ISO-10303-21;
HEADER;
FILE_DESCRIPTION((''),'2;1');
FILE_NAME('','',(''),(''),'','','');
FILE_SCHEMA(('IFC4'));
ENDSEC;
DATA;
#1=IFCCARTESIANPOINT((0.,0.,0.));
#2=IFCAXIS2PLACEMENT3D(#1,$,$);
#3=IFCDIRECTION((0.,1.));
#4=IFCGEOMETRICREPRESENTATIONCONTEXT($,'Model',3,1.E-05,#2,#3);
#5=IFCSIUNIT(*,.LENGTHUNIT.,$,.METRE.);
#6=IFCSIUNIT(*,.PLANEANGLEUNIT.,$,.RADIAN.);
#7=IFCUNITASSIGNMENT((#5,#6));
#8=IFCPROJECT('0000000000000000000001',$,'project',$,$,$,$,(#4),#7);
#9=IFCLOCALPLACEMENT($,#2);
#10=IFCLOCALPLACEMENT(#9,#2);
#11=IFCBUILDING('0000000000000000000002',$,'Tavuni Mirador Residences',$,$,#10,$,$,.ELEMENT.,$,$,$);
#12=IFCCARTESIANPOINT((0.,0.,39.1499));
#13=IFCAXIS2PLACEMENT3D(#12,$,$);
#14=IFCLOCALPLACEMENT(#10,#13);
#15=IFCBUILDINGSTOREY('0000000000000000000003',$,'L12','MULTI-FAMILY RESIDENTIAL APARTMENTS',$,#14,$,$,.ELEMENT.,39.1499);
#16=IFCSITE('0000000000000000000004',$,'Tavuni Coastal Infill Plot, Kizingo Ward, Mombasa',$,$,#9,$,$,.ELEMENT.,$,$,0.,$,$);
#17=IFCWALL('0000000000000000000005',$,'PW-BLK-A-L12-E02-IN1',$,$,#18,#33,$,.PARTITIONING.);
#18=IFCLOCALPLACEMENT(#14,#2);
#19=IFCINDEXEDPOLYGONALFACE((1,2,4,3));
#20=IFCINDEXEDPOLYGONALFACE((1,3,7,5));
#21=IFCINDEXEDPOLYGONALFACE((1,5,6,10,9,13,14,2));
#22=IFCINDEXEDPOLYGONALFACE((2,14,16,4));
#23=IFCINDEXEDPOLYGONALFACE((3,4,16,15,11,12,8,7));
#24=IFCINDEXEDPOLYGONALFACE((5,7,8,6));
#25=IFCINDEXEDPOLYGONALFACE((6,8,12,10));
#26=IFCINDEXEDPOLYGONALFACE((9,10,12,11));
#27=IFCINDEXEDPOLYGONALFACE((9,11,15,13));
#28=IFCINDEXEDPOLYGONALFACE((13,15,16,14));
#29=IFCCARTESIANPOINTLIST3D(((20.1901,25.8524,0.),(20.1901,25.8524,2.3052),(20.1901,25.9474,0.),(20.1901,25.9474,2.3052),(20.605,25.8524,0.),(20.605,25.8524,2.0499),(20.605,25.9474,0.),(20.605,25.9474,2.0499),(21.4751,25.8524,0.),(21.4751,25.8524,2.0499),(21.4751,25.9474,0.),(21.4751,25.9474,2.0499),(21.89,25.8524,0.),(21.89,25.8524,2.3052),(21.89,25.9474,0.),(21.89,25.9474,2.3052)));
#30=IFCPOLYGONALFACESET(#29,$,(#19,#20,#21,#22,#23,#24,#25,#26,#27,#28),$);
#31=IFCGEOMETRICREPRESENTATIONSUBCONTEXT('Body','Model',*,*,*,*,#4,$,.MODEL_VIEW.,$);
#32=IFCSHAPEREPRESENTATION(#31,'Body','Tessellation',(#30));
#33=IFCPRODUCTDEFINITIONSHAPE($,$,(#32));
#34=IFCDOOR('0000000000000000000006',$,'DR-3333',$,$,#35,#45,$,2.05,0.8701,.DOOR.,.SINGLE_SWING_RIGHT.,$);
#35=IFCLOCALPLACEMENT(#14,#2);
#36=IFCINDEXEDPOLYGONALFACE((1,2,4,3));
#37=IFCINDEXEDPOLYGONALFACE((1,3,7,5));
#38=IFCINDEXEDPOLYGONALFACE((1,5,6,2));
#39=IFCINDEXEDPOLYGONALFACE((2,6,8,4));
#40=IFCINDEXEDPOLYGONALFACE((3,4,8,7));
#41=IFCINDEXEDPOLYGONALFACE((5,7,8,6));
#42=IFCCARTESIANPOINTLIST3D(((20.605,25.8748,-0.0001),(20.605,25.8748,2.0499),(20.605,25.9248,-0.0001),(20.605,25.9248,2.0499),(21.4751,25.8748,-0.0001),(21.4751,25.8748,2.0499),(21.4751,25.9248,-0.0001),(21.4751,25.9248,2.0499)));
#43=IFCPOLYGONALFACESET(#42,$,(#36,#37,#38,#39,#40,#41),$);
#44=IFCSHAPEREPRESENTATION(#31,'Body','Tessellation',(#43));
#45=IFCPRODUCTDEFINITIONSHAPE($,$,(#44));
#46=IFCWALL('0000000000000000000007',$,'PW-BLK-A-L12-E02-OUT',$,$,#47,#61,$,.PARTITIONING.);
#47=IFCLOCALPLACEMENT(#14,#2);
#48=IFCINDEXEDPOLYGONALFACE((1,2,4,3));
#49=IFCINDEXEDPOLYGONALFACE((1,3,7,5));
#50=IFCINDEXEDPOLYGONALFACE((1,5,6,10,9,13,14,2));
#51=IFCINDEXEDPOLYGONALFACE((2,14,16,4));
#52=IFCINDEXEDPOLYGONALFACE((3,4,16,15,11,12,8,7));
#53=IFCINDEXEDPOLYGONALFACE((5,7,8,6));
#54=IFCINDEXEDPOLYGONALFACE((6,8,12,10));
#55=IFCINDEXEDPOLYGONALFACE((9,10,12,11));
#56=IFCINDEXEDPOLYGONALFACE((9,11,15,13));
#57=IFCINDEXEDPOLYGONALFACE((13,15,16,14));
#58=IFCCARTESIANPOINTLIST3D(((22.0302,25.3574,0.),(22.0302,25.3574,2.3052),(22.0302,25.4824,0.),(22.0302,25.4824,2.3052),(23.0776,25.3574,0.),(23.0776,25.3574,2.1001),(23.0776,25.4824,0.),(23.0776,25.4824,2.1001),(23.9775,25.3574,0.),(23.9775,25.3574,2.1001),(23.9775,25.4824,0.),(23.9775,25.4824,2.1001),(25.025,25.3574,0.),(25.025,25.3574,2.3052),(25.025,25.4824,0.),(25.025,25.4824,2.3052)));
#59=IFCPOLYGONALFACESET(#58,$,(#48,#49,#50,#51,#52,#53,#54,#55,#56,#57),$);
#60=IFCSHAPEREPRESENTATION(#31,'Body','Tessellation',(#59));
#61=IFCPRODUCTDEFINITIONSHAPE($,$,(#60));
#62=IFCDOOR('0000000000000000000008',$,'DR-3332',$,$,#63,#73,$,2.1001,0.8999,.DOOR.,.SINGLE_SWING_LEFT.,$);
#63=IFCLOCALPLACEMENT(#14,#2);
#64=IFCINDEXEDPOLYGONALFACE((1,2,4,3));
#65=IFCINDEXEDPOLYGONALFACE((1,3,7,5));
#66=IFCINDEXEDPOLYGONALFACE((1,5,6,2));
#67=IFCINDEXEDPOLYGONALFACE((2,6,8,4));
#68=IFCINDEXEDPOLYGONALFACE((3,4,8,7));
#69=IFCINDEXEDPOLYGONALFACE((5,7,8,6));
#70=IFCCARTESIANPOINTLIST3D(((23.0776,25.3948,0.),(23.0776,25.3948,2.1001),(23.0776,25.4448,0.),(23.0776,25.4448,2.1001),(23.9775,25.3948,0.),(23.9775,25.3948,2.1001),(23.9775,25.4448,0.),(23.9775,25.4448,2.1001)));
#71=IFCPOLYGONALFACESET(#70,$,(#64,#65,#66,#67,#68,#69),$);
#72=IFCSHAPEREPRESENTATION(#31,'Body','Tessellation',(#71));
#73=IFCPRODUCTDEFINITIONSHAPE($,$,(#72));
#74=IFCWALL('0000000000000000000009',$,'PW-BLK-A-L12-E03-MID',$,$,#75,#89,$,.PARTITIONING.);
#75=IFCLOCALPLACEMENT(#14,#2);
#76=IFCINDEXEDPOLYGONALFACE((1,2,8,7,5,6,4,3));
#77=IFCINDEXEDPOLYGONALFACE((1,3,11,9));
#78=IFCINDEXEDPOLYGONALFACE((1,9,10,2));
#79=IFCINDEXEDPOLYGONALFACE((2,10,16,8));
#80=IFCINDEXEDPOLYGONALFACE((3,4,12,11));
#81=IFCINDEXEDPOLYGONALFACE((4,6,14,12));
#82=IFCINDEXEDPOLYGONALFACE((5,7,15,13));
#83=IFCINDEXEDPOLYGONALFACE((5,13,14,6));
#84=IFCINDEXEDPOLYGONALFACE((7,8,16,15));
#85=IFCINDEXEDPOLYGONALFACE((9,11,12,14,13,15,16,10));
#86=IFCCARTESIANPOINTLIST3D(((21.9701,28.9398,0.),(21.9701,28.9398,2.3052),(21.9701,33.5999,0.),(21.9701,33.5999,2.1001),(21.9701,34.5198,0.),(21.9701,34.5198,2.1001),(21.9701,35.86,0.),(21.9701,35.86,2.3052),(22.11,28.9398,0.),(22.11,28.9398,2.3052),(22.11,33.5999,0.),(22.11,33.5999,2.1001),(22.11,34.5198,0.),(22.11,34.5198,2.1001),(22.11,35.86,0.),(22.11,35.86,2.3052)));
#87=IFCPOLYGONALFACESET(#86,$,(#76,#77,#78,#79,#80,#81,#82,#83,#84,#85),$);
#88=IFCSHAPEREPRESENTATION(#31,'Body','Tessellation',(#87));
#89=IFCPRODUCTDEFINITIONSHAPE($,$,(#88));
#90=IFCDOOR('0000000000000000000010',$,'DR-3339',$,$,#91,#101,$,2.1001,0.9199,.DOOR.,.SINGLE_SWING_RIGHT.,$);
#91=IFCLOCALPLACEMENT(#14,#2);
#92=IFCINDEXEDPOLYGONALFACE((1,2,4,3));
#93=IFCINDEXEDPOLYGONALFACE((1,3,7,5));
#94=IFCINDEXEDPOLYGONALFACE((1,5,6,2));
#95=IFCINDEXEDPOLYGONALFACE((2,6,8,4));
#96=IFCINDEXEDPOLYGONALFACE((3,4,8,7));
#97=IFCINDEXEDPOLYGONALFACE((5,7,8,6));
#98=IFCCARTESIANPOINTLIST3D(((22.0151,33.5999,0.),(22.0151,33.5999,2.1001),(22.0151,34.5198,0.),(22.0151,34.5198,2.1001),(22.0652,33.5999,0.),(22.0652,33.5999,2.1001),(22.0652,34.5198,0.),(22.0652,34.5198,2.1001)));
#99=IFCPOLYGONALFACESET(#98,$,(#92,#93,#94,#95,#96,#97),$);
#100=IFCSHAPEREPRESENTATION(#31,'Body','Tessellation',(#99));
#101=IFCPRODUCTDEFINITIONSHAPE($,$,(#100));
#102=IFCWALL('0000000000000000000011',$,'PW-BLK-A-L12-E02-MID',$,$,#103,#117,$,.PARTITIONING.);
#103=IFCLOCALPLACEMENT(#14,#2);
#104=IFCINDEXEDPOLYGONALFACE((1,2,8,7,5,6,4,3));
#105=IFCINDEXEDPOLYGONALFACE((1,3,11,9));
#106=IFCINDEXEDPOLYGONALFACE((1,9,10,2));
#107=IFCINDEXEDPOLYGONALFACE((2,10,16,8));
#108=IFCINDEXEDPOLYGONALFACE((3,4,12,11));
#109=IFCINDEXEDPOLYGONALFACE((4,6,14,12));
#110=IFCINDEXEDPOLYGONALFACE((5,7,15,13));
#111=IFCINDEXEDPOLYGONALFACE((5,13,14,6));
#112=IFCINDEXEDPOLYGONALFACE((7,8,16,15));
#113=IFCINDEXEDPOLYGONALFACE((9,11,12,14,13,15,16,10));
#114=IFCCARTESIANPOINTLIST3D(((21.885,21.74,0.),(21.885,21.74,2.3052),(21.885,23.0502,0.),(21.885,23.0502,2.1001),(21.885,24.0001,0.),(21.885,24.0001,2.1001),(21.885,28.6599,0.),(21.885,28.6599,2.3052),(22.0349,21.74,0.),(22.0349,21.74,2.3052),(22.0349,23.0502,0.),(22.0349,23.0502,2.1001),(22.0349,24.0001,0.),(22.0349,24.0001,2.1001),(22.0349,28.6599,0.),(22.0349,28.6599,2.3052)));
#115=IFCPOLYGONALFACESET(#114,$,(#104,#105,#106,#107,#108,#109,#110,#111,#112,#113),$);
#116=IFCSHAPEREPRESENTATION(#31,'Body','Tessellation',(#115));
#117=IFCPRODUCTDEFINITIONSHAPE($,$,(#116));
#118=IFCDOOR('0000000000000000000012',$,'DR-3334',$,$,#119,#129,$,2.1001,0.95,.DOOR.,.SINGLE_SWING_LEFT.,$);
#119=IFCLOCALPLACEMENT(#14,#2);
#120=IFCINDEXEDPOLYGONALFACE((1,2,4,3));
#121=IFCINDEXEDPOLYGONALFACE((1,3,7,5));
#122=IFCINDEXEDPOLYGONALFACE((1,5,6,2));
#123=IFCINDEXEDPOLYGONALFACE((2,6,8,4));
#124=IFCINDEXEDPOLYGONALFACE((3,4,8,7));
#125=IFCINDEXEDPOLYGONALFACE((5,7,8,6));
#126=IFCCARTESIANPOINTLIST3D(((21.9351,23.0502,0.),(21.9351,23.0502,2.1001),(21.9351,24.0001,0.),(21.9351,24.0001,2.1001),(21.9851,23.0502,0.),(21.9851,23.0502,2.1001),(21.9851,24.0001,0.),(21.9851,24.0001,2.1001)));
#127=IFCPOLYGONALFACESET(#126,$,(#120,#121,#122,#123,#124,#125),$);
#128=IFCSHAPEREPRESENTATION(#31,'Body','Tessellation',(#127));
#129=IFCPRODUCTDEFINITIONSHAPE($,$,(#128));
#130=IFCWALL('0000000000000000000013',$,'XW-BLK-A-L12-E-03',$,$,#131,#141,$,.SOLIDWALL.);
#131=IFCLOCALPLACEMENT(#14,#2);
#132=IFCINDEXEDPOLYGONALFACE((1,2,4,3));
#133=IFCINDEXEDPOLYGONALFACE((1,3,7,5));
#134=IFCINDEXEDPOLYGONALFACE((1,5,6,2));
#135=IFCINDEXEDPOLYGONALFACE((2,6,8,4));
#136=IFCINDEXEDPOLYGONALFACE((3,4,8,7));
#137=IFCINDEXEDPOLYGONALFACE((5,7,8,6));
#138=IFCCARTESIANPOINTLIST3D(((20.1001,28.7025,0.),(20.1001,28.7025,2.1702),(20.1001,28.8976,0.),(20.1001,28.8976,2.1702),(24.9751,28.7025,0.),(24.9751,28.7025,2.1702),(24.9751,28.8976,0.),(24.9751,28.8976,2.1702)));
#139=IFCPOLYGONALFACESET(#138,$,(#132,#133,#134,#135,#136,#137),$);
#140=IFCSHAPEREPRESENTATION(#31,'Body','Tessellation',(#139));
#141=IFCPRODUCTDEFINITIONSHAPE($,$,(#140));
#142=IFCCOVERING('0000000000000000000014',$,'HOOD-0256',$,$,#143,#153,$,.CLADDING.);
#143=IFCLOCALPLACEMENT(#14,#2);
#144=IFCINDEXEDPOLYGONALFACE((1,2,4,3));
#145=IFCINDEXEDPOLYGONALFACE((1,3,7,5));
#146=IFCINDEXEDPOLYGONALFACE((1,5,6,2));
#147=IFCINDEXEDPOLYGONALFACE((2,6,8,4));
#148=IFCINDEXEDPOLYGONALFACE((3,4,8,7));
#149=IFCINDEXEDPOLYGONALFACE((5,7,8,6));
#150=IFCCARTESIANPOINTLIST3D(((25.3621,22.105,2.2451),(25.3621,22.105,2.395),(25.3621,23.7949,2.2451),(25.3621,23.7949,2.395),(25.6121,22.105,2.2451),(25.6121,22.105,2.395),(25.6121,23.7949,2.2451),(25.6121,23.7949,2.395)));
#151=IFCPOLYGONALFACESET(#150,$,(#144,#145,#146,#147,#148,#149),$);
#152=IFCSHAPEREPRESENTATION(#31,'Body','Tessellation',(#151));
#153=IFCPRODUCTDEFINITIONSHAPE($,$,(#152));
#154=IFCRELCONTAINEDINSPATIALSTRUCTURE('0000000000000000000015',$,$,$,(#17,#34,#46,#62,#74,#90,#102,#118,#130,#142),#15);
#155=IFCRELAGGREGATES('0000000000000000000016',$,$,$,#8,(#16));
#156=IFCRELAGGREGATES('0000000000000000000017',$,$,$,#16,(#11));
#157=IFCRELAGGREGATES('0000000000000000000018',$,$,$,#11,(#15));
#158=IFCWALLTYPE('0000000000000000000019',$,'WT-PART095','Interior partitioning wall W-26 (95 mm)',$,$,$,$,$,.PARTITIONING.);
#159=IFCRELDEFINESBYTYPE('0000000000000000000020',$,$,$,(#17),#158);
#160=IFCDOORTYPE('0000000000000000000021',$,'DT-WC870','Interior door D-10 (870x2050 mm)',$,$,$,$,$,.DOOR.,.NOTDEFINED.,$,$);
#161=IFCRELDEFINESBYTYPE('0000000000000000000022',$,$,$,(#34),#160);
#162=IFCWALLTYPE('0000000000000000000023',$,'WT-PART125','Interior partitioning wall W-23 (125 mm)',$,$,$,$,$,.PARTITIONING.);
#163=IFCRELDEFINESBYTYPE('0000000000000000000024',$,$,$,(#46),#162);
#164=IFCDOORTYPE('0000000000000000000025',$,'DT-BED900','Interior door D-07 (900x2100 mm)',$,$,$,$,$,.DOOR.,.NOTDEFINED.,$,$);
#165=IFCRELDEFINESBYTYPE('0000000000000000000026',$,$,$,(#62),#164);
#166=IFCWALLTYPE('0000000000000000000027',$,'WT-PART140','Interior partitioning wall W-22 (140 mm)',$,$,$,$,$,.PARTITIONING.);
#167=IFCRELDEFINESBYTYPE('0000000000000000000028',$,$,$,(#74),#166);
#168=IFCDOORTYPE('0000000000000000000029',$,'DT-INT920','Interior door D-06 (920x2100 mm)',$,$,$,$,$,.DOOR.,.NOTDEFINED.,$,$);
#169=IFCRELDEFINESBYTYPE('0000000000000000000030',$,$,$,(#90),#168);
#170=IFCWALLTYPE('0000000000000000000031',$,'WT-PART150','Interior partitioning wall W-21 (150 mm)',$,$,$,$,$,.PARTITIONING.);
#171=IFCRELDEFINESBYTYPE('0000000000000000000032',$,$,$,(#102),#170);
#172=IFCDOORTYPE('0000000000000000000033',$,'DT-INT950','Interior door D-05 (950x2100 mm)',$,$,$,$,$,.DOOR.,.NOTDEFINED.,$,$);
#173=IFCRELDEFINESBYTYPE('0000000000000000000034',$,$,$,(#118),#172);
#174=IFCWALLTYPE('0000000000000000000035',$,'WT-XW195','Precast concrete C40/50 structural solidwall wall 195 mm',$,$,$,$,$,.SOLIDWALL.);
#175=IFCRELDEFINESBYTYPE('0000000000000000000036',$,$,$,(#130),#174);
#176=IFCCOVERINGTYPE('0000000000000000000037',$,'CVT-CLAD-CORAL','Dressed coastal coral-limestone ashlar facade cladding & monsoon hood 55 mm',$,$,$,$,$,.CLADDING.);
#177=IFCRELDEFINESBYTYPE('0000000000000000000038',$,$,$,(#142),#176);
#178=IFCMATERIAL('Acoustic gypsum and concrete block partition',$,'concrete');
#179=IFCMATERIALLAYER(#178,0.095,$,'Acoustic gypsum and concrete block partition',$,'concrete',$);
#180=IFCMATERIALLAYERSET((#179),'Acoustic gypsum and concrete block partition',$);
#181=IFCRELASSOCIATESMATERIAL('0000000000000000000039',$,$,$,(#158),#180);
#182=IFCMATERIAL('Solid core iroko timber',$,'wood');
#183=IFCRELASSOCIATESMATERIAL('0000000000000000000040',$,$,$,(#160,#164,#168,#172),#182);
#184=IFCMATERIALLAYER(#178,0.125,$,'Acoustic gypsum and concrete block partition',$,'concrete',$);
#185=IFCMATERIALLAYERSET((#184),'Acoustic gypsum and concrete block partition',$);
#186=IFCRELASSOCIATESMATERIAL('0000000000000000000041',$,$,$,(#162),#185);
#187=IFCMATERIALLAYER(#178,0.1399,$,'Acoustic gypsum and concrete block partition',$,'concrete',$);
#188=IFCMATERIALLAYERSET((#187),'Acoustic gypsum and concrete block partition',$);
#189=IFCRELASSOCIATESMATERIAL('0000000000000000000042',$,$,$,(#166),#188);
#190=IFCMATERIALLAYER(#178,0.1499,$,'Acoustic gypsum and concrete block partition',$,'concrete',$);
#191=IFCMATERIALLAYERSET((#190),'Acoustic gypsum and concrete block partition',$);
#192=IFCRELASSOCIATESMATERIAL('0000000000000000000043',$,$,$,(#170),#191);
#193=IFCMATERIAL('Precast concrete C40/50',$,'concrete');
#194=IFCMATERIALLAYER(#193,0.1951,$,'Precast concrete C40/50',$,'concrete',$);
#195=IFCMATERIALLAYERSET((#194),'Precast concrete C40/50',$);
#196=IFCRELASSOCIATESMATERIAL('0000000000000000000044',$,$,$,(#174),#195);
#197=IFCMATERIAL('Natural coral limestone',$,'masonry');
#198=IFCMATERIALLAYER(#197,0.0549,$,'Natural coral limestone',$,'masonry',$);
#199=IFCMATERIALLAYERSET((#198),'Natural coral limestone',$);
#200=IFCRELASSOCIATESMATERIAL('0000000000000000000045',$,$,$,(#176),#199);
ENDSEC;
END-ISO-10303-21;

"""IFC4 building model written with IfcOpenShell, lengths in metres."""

from ifc_helpers import new_model, si_unit, direction, frame, frame_2d, origin, origin_2d, place, context, subcontext, project, spatial, rectangle, extrude, material, layer, layer_set, type_object, element, fill, save


model = new_model("IFC4")

# Units and contexts
model_context = context("Model", 3, precision=1e-05, world=origin(), true_north=direction((0.0, 1.0)))
body_context = subcontext(model_context, "Body", "Model", "MODEL_VIEW")
ifc_project = project(units=[si_unit("LENGTHUNIT", "METRE"), si_unit("PLANEANGLEUNIT", "RADIAN")], contexts=[model_context])

# Site, building, storey
site_placement = place(None, origin())
site = spatial("IfcSite", under=ifc_project, at=site_placement, Name="Tavuni Coastal Infill Plot, Kizingo Ward, Mombasa", CompositionType="ELEMENT", RefElevation=0.0)
building_placement = place(site_placement, origin())
building = spatial("IfcBuilding", under=site, at=building_placement, Name="Tavuni Mirador Residences", CompositionType="ELEMENT")
storey_placement = place(building_placement, frame((0.0, 0.0, 39.1499)))
storey = spatial("IfcBuildingStorey", under=building, at=storey_placement, Name="L12", Description="MULTI-FAMILY RESIDENTIAL APARTMENTS", CompositionType="ELEMENT", Elevation=39.1499)

# Shared definitions
ifc_material_1 = material(Name="Precast concrete C40/50", Category="concrete")

# Shared definitions
ifc_material_2 = material(Name="Solid core iroko timber", Category="wood")

# Walls, openings, doors
ifc_material_3 = material(Name="Acoustic gypsum and concrete block partition", Category="concrete")
ifc_layer_1 = layer(ifc_material_3, 0.095, Name="Acoustic gypsum and concrete block partition", Category="concrete")
ifc_layer_set_1 = layer_set([ifc_layer_1], Name="Acoustic gypsum and concrete block partition")
wall_type_1 = type_object("IfcWallType", Name="WT-PART095", Description="Interior partitioning wall W-26 (95 mm)", PredefinedType="PARTITIONING", material=ifc_layer_set_1)
wall_1_placement = place(storey_placement, frame((20.1899, 25.8999, 0.0), z_axis=(0.0, 0.0, 1.0), x_axis=(1.0, 0.0, 0.0)))
wall_1 = element("IfcWall", 1, at=wall_1_placement, inside=storey, type_object=wall_type_1, Name="PW-BLK-A-L12-E02-IN1", PredefinedType="PARTITIONING", context=body_context, shape_type="SweptSolid", body=[
    extrude(rectangle(XDim=1.7, YDim=0.095, at=frame_2d((0.8501, 0.0))), origin(), (0.0, 0.0, 1.0), 2.3052),
])
opening_1_placement = place(wall_1_placement, frame((0.415, 0.0, 0.0)))
opening_1 = element("IfcOpeningElement", 2, at=opening_1_placement, cuts=wall_1, PredefinedType="OPENING", context=body_context, shape_type="SweptSolid", body=[
    extrude(rectangle(XDim=0.8701, YDim=2.05, at=frame_2d((0.4351, 1.0249))), frame((0.0, 0.0576, 0.0), z_axis=(0.0, -1.0, 0.0), x_axis=(1.0, 0.0, 0.0)), (0.0, 0.0, 1.0), 0.115),
])
door_type_1 = type_object("IfcDoorType", Name="DT-WC870", Description="Interior door D-10 (870x2050 mm)", OperationType="NOTDEFINED", PredefinedType="DOOR", material=ifc_material_2)
door_1_placement = place(opening_1_placement, origin())
door_1 = element("IfcDoor", 3, at=door_1_placement, inside=storey, type_object=door_type_1, Name="DR-3333", OperationType="SINGLE_SWING_RIGHT", OverallHeight=2.05, OverallWidth=0.8701, PredefinedType="DOOR", context=body_context, shape_type="SweptSolid", body=[
    extrude(rectangle(XDim=0.8701, YDim=2.05, at=frame_2d((0.4351, 1.0249))), frame((0.0, 0.0249, 0.0), z_axis=(0.0, -1.0, 0.0), x_axis=(1.0, 0.0, 0.0)), (0.0, 0.0, 1.0), 0.05),
])
fill(opening_1, door_1)
ifc_layer_2 = layer(ifc_material_3, 0.125, Name="Acoustic gypsum and concrete block partition", Category="concrete")
ifc_layer_set_2 = layer_set([ifc_layer_2], Name="Acoustic gypsum and concrete block partition")
wall_type_2 = type_object("IfcWallType", Name="WT-PART125", Description="Interior partitioning wall W-23 (125 mm)", PredefinedType="PARTITIONING", material=ifc_layer_set_2)
wall_2_placement = place(storey_placement, frame((22.03, 25.4199, 0.0), z_axis=(0.0, 0.0, 1.0), x_axis=(1.0, 0.0, 0.0)))
wall_2 = element("IfcWall", 4, at=wall_2_placement, inside=storey, type_object=wall_type_2, Name="PW-BLK-A-L12-E02-OUT", PredefinedType="PARTITIONING", context=body_context, shape_type="SweptSolid", body=[
    extrude(rectangle(XDim=2.9949, YDim=0.125, at=frame_2d((1.4976, 0.0))), origin(), (0.0, 0.0, 1.0), 2.3052),
])
opening_2_placement = place(wall_2_placement, frame((1.0476, 0.0, 0.0)))
opening_2 = element("IfcOpeningElement", 5, at=opening_2_placement, cuts=wall_2, PredefinedType="OPENING", context=body_context, shape_type="SweptSolid", body=[
    extrude(rectangle(XDim=0.8999, YDim=2.1001, at=frame_2d((0.45, 1.05))), frame((0.0, 0.0725, 0.0), z_axis=(0.0, -1.0, 0.0), x_axis=(1.0, 0.0, 0.0)), (0.0, 0.0, 1.0), 0.145),
])
door_type_2 = type_object("IfcDoorType", Name="DT-BED900", Description="Interior door D-07 (900x2100 mm)", OperationType="NOTDEFINED", PredefinedType="DOOR", material=ifc_material_2)
door_2_placement = place(opening_2_placement, origin())
door_2 = element("IfcDoor", 6, at=door_2_placement, inside=storey, type_object=door_type_2, Name="DR-3332", OperationType="SINGLE_SWING_LEFT", OverallHeight=2.1001, OverallWidth=0.8999, PredefinedType="DOOR", context=body_context, shape_type="SweptSolid", body=[
    extrude(rectangle(XDim=0.8999, YDim=2.1001, at=frame_2d((0.45, 1.05))), frame((0.0, 0.0249, 0.0), z_axis=(0.0, -1.0, 0.0), x_axis=(1.0, 0.0, 0.0)), (0.0, 0.0, 1.0), 0.05),
])
fill(opening_2, door_2)
ifc_layer_3 = layer(ifc_material_3, 0.1399, Name="Acoustic gypsum and concrete block partition", Category="concrete")
ifc_layer_set_3 = layer_set([ifc_layer_3], Name="Acoustic gypsum and concrete block partition")
wall_type_3 = type_object("IfcWallType", Name="WT-PART140", Description="Interior partitioning wall W-22 (140 mm)", PredefinedType="PARTITIONING", material=ifc_layer_set_3)
wall_3_placement = place(storey_placement, frame((22.04, 28.9399, 0.0), z_axis=(0.0, 0.0, 1.0), x_axis=(0.0, 1.0, 0.0)))
wall_3 = element("IfcWall", 7, at=wall_3_placement, inside=storey, type_object=wall_type_3, Name="PW-BLK-A-L12-E03-MID", PredefinedType="PARTITIONING", context=body_context, shape_type="SweptSolid", body=[
    extrude(rectangle(XDim=6.9202, YDim=0.1399, at=frame_2d((3.46, 0.0))), origin(), (0.0, 0.0, 1.0), 2.3052),
])
opening_3_placement = place(wall_3_placement, frame((4.6599, 0.0, 0.0)))
opening_3 = element("IfcOpeningElement", 8, at=opening_3_placement, cuts=wall_3, PredefinedType="OPENING", context=body_context, shape_type="SweptSolid", body=[
    extrude(rectangle(XDim=0.9199, YDim=2.1001, at=frame_2d((0.46, 1.05))), frame((0.0, 0.0801, 0.0), z_axis=(0.0, -1.0, 0.0), x_axis=(1.0, 0.0, 0.0)), (0.0, 0.0, 1.0), 0.1599),
])
door_type_3 = type_object("IfcDoorType", Name="DT-INT920", Description="Interior door D-06 (920x2100 mm)", OperationType="NOTDEFINED", PredefinedType="DOOR", material=ifc_material_2)
door_3_placement = place(opening_3_placement, origin())
door_3 = element("IfcDoor", 9, at=door_3_placement, inside=storey, type_object=door_type_3, Name="DR-3339", OperationType="SINGLE_SWING_RIGHT", OverallHeight=2.1001, OverallWidth=0.9199, PredefinedType="DOOR", context=body_context, shape_type="SweptSolid", body=[
    extrude(rectangle(XDim=0.9199, YDim=2.1001, at=frame_2d((0.46, 1.05))), frame((0.0, 0.0249, 0.0), z_axis=(0.0, -1.0, 0.0), x_axis=(1.0, 0.0, 0.0)), (0.0, 0.0, 1.0), 0.05),
])
fill(opening_3, door_3)
ifc_layer_4 = layer(ifc_material_3, 0.1499, Name="Acoustic gypsum and concrete block partition", Category="concrete")
ifc_layer_set_4 = layer_set([ifc_layer_4], Name="Acoustic gypsum and concrete block partition")
wall_type_4 = type_object("IfcWallType", Name="WT-PART150", Description="Interior partitioning wall W-21 (150 mm)", PredefinedType="PARTITIONING", material=ifc_layer_set_4)
wall_4_placement = place(storey_placement, frame((21.96, 21.74, 0.0), z_axis=(0.0, 0.0, 1.0), x_axis=(0.0, 1.0, 0.0)))
wall_4 = element("IfcWall", 10, at=wall_4_placement, inside=storey, type_object=wall_type_4, Name="PW-BLK-A-L12-E02-MID", PredefinedType="PARTITIONING", context=body_context, shape_type="SweptSolid", body=[
    extrude(rectangle(XDim=6.9199, YDim=0.1499, at=frame_2d((3.46, 0.0))), origin(), (0.0, 0.0, 1.0), 2.3052),
])
opening_4_placement = place(wall_4_placement, frame((1.3101, 0.0, 0.0)))
opening_4 = element("IfcOpeningElement", 11, at=opening_4_placement, cuts=wall_4, PredefinedType="OPENING", context=body_context, shape_type="SweptSolid", body=[
    extrude(rectangle(XDim=0.95, YDim=2.1001, at=frame_2d((0.4751, 1.05))), frame((0.0, 0.085, 0.0), z_axis=(0.0, -1.0, 0.0), x_axis=(1.0, 0.0, 0.0)), (0.0, 0.0, 1.0), 0.1699),
])
door_type_4 = type_object("IfcDoorType", Name="DT-INT950", Description="Interior door D-05 (950x2100 mm)", OperationType="NOTDEFINED", PredefinedType="DOOR", material=ifc_material_2)
door_4_placement = place(opening_4_placement, origin())
door_4 = element("IfcDoor", 12, at=door_4_placement, inside=storey, type_object=door_type_4, Name="DR-3334", OperationType="SINGLE_SWING_LEFT", OverallHeight=2.1001, OverallWidth=0.95, PredefinedType="DOOR", context=body_context, shape_type="SweptSolid", body=[
    extrude(rectangle(XDim=0.95, YDim=2.1001, at=frame_2d((0.4751, 1.05))), frame((0.0, 0.0249, 0.0), z_axis=(0.0, -1.0, 0.0), x_axis=(1.0, 0.0, 0.0)), (0.0, 0.0, 1.0), 0.05),
])
fill(opening_4, door_4)

# Wall
ifc_layer_5 = layer(ifc_material_1, 0.1951, Name="Precast concrete C40/50", Category="concrete")
ifc_layer_set_5 = layer_set([ifc_layer_5], Name="Precast concrete C40/50")
wall_type_5 = type_object("IfcWallType", Name="WT-XW195", Description="Precast concrete C40/50 structural solidwall wall 195 mm", PredefinedType="SOLIDWALL", material=ifc_layer_set_5)
wall_5_placement = place(storey_placement, frame((20.1001, 28.8, 0.0), z_axis=(0.0, 0.0, 1.0), x_axis=(1.0, 0.0, 0.0)))
element("IfcWall", 13, at=wall_5_placement, inside=storey, type_object=wall_type_5, Name="XW-BLK-A-L12-E-03", PredefinedType="SOLIDWALL", context=body_context, shape_type="SweptSolid", body=[
    extrude(rectangle(XDim=4.875, YDim=0.1951, at=frame_2d((2.4375, 0.0))), origin(), (0.0, 0.0, 1.0), 2.1702),
])

# Covering
ifc_material_4 = material(Name="Natural coral limestone", Category="masonry")
ifc_layer_6 = layer(ifc_material_4, 0.0549, Name="Natural coral limestone", Category="masonry")
ifc_layer_set_6 = layer_set([ifc_layer_6], Name="Natural coral limestone")
covering_type = type_object("IfcCoveringType", Name="CVT-CLAD-CORAL", Description="Dressed coastal coral-limestone ashlar facade cladding & monsoon hood 55 mm", PredefinedType="CLADDING", material=ifc_layer_set_6)
covering_placement = place(storey_placement, frame((25.4871, 22.95, 2.2451), z_axis=(0.0, 0.0, 1.0), x_axis=(0.0, 1.0, 0.0)))
element("IfcCovering", 14, at=covering_placement, inside=storey, type_object=covering_type, Name="HOOD-0256", PredefinedType="CLADDING", context=body_context, shape_type="SweptSolid", body=[
    extrude(rectangle(XDim=1.6899, YDim=0.25, at=origin_2d()), origin(), (0.0, 0.0, 1.0), 0.1499),
])

save(model, "model.ifc")
